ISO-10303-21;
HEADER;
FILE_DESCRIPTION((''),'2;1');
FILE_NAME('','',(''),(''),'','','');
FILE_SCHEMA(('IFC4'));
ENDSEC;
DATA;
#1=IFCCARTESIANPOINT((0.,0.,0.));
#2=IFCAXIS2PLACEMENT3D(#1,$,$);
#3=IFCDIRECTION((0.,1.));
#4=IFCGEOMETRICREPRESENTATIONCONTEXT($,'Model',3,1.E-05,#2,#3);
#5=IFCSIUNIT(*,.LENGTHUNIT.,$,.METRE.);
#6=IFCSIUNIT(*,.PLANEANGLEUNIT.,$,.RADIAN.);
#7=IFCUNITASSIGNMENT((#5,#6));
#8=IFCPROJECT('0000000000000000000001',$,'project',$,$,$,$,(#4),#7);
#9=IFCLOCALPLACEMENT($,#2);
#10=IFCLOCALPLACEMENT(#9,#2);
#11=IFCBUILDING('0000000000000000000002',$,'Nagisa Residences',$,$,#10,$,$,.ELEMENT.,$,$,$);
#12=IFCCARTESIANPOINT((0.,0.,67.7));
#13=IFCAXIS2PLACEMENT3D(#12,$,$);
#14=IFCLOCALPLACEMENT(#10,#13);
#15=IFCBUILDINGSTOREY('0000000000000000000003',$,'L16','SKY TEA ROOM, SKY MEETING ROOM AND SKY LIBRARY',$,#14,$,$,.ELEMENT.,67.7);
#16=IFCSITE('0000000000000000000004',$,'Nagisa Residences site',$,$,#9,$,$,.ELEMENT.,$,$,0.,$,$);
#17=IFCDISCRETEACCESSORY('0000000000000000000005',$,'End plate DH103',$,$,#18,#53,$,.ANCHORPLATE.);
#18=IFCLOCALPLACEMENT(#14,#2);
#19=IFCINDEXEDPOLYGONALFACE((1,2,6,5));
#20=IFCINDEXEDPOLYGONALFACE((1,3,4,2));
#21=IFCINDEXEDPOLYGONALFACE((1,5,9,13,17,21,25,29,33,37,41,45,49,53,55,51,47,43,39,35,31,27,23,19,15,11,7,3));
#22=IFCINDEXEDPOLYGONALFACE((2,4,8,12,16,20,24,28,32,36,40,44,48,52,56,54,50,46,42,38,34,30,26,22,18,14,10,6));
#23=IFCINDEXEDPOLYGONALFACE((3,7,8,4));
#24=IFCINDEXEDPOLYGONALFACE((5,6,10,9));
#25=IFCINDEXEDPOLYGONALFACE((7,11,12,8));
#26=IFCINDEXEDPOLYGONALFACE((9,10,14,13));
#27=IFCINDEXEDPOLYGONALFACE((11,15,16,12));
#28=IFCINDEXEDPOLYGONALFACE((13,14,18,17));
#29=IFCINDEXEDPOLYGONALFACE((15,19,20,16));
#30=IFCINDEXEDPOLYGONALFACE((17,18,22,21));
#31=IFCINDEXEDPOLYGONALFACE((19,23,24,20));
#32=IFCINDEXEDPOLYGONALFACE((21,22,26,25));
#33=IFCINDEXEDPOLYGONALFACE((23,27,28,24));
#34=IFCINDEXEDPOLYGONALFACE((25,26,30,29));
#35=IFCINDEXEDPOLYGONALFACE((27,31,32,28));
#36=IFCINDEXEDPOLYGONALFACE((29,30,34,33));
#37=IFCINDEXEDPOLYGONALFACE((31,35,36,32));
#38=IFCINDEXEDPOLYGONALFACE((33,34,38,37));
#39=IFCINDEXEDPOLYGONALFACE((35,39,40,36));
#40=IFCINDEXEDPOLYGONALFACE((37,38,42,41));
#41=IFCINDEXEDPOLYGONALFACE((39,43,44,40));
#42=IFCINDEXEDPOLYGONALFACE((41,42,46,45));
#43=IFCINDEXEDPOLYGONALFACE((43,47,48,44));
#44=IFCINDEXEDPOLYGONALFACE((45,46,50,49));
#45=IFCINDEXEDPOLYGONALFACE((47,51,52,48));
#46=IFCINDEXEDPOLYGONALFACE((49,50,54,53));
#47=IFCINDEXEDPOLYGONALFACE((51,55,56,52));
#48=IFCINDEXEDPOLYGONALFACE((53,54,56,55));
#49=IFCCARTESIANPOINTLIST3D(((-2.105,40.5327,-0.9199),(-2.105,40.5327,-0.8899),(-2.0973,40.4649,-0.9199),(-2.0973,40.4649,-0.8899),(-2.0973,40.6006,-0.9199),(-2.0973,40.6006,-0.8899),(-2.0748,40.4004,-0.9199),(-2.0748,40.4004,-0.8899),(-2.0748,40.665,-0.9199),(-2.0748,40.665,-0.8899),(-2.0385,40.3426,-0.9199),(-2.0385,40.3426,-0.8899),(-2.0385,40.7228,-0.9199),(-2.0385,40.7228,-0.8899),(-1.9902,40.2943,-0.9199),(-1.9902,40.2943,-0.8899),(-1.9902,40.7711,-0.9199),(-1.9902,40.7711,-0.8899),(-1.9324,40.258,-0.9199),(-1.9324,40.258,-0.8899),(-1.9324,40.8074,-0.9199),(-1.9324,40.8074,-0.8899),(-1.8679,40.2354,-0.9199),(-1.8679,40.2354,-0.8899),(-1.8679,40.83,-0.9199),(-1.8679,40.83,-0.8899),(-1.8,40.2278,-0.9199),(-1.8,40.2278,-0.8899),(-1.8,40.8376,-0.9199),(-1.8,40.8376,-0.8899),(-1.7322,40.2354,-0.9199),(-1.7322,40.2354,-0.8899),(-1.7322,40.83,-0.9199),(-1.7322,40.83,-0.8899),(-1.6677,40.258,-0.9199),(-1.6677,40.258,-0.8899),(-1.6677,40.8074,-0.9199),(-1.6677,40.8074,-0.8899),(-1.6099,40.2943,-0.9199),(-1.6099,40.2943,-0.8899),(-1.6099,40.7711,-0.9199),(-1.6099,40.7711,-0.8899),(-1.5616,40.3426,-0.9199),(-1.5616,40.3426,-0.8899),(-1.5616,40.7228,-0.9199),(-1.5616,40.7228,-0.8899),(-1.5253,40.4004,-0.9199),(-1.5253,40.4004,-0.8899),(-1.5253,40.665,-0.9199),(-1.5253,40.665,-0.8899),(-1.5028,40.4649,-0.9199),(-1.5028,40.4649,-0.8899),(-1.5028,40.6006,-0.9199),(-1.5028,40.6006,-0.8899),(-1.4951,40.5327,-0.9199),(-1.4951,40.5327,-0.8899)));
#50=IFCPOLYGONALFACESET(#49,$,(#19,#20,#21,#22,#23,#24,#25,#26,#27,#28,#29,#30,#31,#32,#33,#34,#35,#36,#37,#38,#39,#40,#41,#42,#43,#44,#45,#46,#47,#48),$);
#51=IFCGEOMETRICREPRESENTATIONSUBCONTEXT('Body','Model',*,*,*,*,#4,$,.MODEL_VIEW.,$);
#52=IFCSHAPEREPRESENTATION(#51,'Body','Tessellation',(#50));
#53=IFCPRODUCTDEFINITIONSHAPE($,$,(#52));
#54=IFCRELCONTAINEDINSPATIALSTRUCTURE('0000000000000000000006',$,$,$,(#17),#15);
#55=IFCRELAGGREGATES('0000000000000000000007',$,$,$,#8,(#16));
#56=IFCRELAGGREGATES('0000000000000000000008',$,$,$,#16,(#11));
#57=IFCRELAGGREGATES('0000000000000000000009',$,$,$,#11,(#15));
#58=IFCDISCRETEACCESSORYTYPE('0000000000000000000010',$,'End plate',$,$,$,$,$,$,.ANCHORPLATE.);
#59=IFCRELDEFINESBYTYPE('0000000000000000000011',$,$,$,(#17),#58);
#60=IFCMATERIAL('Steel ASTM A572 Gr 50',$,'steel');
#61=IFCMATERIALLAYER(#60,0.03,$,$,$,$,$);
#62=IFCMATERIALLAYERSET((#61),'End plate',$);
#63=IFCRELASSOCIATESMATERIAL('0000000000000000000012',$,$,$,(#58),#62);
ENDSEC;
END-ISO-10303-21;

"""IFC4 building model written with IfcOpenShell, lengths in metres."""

from ifc_helpers import new_model, si_unit, direction, frame, origin, origin_2d, place, context, subcontext, project, spatial, circle, extrude, material, layer, layer_set, type_object, element, save


model = new_model("IFC4")

# Units and contexts
model_context = context("Model", 3, precision=1e-05, world=origin(), true_north=direction((0.0, 1.0)))
body_context = subcontext(model_context, "Body", "Model", "MODEL_VIEW")
ifc_project = project(units=[si_unit("LENGTHUNIT", "METRE"), si_unit("PLANEANGLEUNIT", "RADIAN")], contexts=[model_context])

# Site, building, storey
site_placement = place(None, origin())
site = spatial("IfcSite", under=ifc_project, at=site_placement, Name="Nagisa Residences site", CompositionType="ELEMENT", RefElevation=0.0)
building_placement = place(site_placement, origin())
building = spatial("IfcBuilding", under=site, at=building_placement, Name="Nagisa Residences", CompositionType="ELEMENT")
storey_placement = place(building_placement, frame((0.0, 0.0, 67.7)))
storey = spatial("IfcBuildingStorey", under=building, at=storey_placement, Name="L16", Description="SKY TEA ROOM, SKY MEETING ROOM AND SKY LIBRARY", CompositionType="ELEMENT", Elevation=67.7)

# Discrete accessory
ifc_material_1 = material(Name="Steel ASTM A572 Gr 50", Category="steel")
ifc_layer_1 = layer(ifc_material_1, 0.03)
ifc_layer_set_1 = layer_set([ifc_layer_1], Name="End plate")
discrete_accessory_type = type_object("IfcDiscreteAccessoryType", Name="End plate", PredefinedType="ANCHORPLATE", material=ifc_layer_set_1)
discrete_accessory_placement = place(storey_placement, frame((-1.8, 40.5327, -0.8899), z_axis=(0.0, 0.0, -1.0), x_axis=(1.0, 0.0, 0.0)))
element("IfcDiscreteAccessory", 1, at=discrete_accessory_placement, inside=storey, type_object=discrete_accessory_type, Name="End plate DH103", PredefinedType="ANCHORPLATE", context=body_context, shape_type="SweptSolid", body=[
    extrude(circle(Radius=0.3049, at=origin_2d()), origin(), (0.0, 0.0, 1.0), 0.03),
])

save(model, "model.ifc")
